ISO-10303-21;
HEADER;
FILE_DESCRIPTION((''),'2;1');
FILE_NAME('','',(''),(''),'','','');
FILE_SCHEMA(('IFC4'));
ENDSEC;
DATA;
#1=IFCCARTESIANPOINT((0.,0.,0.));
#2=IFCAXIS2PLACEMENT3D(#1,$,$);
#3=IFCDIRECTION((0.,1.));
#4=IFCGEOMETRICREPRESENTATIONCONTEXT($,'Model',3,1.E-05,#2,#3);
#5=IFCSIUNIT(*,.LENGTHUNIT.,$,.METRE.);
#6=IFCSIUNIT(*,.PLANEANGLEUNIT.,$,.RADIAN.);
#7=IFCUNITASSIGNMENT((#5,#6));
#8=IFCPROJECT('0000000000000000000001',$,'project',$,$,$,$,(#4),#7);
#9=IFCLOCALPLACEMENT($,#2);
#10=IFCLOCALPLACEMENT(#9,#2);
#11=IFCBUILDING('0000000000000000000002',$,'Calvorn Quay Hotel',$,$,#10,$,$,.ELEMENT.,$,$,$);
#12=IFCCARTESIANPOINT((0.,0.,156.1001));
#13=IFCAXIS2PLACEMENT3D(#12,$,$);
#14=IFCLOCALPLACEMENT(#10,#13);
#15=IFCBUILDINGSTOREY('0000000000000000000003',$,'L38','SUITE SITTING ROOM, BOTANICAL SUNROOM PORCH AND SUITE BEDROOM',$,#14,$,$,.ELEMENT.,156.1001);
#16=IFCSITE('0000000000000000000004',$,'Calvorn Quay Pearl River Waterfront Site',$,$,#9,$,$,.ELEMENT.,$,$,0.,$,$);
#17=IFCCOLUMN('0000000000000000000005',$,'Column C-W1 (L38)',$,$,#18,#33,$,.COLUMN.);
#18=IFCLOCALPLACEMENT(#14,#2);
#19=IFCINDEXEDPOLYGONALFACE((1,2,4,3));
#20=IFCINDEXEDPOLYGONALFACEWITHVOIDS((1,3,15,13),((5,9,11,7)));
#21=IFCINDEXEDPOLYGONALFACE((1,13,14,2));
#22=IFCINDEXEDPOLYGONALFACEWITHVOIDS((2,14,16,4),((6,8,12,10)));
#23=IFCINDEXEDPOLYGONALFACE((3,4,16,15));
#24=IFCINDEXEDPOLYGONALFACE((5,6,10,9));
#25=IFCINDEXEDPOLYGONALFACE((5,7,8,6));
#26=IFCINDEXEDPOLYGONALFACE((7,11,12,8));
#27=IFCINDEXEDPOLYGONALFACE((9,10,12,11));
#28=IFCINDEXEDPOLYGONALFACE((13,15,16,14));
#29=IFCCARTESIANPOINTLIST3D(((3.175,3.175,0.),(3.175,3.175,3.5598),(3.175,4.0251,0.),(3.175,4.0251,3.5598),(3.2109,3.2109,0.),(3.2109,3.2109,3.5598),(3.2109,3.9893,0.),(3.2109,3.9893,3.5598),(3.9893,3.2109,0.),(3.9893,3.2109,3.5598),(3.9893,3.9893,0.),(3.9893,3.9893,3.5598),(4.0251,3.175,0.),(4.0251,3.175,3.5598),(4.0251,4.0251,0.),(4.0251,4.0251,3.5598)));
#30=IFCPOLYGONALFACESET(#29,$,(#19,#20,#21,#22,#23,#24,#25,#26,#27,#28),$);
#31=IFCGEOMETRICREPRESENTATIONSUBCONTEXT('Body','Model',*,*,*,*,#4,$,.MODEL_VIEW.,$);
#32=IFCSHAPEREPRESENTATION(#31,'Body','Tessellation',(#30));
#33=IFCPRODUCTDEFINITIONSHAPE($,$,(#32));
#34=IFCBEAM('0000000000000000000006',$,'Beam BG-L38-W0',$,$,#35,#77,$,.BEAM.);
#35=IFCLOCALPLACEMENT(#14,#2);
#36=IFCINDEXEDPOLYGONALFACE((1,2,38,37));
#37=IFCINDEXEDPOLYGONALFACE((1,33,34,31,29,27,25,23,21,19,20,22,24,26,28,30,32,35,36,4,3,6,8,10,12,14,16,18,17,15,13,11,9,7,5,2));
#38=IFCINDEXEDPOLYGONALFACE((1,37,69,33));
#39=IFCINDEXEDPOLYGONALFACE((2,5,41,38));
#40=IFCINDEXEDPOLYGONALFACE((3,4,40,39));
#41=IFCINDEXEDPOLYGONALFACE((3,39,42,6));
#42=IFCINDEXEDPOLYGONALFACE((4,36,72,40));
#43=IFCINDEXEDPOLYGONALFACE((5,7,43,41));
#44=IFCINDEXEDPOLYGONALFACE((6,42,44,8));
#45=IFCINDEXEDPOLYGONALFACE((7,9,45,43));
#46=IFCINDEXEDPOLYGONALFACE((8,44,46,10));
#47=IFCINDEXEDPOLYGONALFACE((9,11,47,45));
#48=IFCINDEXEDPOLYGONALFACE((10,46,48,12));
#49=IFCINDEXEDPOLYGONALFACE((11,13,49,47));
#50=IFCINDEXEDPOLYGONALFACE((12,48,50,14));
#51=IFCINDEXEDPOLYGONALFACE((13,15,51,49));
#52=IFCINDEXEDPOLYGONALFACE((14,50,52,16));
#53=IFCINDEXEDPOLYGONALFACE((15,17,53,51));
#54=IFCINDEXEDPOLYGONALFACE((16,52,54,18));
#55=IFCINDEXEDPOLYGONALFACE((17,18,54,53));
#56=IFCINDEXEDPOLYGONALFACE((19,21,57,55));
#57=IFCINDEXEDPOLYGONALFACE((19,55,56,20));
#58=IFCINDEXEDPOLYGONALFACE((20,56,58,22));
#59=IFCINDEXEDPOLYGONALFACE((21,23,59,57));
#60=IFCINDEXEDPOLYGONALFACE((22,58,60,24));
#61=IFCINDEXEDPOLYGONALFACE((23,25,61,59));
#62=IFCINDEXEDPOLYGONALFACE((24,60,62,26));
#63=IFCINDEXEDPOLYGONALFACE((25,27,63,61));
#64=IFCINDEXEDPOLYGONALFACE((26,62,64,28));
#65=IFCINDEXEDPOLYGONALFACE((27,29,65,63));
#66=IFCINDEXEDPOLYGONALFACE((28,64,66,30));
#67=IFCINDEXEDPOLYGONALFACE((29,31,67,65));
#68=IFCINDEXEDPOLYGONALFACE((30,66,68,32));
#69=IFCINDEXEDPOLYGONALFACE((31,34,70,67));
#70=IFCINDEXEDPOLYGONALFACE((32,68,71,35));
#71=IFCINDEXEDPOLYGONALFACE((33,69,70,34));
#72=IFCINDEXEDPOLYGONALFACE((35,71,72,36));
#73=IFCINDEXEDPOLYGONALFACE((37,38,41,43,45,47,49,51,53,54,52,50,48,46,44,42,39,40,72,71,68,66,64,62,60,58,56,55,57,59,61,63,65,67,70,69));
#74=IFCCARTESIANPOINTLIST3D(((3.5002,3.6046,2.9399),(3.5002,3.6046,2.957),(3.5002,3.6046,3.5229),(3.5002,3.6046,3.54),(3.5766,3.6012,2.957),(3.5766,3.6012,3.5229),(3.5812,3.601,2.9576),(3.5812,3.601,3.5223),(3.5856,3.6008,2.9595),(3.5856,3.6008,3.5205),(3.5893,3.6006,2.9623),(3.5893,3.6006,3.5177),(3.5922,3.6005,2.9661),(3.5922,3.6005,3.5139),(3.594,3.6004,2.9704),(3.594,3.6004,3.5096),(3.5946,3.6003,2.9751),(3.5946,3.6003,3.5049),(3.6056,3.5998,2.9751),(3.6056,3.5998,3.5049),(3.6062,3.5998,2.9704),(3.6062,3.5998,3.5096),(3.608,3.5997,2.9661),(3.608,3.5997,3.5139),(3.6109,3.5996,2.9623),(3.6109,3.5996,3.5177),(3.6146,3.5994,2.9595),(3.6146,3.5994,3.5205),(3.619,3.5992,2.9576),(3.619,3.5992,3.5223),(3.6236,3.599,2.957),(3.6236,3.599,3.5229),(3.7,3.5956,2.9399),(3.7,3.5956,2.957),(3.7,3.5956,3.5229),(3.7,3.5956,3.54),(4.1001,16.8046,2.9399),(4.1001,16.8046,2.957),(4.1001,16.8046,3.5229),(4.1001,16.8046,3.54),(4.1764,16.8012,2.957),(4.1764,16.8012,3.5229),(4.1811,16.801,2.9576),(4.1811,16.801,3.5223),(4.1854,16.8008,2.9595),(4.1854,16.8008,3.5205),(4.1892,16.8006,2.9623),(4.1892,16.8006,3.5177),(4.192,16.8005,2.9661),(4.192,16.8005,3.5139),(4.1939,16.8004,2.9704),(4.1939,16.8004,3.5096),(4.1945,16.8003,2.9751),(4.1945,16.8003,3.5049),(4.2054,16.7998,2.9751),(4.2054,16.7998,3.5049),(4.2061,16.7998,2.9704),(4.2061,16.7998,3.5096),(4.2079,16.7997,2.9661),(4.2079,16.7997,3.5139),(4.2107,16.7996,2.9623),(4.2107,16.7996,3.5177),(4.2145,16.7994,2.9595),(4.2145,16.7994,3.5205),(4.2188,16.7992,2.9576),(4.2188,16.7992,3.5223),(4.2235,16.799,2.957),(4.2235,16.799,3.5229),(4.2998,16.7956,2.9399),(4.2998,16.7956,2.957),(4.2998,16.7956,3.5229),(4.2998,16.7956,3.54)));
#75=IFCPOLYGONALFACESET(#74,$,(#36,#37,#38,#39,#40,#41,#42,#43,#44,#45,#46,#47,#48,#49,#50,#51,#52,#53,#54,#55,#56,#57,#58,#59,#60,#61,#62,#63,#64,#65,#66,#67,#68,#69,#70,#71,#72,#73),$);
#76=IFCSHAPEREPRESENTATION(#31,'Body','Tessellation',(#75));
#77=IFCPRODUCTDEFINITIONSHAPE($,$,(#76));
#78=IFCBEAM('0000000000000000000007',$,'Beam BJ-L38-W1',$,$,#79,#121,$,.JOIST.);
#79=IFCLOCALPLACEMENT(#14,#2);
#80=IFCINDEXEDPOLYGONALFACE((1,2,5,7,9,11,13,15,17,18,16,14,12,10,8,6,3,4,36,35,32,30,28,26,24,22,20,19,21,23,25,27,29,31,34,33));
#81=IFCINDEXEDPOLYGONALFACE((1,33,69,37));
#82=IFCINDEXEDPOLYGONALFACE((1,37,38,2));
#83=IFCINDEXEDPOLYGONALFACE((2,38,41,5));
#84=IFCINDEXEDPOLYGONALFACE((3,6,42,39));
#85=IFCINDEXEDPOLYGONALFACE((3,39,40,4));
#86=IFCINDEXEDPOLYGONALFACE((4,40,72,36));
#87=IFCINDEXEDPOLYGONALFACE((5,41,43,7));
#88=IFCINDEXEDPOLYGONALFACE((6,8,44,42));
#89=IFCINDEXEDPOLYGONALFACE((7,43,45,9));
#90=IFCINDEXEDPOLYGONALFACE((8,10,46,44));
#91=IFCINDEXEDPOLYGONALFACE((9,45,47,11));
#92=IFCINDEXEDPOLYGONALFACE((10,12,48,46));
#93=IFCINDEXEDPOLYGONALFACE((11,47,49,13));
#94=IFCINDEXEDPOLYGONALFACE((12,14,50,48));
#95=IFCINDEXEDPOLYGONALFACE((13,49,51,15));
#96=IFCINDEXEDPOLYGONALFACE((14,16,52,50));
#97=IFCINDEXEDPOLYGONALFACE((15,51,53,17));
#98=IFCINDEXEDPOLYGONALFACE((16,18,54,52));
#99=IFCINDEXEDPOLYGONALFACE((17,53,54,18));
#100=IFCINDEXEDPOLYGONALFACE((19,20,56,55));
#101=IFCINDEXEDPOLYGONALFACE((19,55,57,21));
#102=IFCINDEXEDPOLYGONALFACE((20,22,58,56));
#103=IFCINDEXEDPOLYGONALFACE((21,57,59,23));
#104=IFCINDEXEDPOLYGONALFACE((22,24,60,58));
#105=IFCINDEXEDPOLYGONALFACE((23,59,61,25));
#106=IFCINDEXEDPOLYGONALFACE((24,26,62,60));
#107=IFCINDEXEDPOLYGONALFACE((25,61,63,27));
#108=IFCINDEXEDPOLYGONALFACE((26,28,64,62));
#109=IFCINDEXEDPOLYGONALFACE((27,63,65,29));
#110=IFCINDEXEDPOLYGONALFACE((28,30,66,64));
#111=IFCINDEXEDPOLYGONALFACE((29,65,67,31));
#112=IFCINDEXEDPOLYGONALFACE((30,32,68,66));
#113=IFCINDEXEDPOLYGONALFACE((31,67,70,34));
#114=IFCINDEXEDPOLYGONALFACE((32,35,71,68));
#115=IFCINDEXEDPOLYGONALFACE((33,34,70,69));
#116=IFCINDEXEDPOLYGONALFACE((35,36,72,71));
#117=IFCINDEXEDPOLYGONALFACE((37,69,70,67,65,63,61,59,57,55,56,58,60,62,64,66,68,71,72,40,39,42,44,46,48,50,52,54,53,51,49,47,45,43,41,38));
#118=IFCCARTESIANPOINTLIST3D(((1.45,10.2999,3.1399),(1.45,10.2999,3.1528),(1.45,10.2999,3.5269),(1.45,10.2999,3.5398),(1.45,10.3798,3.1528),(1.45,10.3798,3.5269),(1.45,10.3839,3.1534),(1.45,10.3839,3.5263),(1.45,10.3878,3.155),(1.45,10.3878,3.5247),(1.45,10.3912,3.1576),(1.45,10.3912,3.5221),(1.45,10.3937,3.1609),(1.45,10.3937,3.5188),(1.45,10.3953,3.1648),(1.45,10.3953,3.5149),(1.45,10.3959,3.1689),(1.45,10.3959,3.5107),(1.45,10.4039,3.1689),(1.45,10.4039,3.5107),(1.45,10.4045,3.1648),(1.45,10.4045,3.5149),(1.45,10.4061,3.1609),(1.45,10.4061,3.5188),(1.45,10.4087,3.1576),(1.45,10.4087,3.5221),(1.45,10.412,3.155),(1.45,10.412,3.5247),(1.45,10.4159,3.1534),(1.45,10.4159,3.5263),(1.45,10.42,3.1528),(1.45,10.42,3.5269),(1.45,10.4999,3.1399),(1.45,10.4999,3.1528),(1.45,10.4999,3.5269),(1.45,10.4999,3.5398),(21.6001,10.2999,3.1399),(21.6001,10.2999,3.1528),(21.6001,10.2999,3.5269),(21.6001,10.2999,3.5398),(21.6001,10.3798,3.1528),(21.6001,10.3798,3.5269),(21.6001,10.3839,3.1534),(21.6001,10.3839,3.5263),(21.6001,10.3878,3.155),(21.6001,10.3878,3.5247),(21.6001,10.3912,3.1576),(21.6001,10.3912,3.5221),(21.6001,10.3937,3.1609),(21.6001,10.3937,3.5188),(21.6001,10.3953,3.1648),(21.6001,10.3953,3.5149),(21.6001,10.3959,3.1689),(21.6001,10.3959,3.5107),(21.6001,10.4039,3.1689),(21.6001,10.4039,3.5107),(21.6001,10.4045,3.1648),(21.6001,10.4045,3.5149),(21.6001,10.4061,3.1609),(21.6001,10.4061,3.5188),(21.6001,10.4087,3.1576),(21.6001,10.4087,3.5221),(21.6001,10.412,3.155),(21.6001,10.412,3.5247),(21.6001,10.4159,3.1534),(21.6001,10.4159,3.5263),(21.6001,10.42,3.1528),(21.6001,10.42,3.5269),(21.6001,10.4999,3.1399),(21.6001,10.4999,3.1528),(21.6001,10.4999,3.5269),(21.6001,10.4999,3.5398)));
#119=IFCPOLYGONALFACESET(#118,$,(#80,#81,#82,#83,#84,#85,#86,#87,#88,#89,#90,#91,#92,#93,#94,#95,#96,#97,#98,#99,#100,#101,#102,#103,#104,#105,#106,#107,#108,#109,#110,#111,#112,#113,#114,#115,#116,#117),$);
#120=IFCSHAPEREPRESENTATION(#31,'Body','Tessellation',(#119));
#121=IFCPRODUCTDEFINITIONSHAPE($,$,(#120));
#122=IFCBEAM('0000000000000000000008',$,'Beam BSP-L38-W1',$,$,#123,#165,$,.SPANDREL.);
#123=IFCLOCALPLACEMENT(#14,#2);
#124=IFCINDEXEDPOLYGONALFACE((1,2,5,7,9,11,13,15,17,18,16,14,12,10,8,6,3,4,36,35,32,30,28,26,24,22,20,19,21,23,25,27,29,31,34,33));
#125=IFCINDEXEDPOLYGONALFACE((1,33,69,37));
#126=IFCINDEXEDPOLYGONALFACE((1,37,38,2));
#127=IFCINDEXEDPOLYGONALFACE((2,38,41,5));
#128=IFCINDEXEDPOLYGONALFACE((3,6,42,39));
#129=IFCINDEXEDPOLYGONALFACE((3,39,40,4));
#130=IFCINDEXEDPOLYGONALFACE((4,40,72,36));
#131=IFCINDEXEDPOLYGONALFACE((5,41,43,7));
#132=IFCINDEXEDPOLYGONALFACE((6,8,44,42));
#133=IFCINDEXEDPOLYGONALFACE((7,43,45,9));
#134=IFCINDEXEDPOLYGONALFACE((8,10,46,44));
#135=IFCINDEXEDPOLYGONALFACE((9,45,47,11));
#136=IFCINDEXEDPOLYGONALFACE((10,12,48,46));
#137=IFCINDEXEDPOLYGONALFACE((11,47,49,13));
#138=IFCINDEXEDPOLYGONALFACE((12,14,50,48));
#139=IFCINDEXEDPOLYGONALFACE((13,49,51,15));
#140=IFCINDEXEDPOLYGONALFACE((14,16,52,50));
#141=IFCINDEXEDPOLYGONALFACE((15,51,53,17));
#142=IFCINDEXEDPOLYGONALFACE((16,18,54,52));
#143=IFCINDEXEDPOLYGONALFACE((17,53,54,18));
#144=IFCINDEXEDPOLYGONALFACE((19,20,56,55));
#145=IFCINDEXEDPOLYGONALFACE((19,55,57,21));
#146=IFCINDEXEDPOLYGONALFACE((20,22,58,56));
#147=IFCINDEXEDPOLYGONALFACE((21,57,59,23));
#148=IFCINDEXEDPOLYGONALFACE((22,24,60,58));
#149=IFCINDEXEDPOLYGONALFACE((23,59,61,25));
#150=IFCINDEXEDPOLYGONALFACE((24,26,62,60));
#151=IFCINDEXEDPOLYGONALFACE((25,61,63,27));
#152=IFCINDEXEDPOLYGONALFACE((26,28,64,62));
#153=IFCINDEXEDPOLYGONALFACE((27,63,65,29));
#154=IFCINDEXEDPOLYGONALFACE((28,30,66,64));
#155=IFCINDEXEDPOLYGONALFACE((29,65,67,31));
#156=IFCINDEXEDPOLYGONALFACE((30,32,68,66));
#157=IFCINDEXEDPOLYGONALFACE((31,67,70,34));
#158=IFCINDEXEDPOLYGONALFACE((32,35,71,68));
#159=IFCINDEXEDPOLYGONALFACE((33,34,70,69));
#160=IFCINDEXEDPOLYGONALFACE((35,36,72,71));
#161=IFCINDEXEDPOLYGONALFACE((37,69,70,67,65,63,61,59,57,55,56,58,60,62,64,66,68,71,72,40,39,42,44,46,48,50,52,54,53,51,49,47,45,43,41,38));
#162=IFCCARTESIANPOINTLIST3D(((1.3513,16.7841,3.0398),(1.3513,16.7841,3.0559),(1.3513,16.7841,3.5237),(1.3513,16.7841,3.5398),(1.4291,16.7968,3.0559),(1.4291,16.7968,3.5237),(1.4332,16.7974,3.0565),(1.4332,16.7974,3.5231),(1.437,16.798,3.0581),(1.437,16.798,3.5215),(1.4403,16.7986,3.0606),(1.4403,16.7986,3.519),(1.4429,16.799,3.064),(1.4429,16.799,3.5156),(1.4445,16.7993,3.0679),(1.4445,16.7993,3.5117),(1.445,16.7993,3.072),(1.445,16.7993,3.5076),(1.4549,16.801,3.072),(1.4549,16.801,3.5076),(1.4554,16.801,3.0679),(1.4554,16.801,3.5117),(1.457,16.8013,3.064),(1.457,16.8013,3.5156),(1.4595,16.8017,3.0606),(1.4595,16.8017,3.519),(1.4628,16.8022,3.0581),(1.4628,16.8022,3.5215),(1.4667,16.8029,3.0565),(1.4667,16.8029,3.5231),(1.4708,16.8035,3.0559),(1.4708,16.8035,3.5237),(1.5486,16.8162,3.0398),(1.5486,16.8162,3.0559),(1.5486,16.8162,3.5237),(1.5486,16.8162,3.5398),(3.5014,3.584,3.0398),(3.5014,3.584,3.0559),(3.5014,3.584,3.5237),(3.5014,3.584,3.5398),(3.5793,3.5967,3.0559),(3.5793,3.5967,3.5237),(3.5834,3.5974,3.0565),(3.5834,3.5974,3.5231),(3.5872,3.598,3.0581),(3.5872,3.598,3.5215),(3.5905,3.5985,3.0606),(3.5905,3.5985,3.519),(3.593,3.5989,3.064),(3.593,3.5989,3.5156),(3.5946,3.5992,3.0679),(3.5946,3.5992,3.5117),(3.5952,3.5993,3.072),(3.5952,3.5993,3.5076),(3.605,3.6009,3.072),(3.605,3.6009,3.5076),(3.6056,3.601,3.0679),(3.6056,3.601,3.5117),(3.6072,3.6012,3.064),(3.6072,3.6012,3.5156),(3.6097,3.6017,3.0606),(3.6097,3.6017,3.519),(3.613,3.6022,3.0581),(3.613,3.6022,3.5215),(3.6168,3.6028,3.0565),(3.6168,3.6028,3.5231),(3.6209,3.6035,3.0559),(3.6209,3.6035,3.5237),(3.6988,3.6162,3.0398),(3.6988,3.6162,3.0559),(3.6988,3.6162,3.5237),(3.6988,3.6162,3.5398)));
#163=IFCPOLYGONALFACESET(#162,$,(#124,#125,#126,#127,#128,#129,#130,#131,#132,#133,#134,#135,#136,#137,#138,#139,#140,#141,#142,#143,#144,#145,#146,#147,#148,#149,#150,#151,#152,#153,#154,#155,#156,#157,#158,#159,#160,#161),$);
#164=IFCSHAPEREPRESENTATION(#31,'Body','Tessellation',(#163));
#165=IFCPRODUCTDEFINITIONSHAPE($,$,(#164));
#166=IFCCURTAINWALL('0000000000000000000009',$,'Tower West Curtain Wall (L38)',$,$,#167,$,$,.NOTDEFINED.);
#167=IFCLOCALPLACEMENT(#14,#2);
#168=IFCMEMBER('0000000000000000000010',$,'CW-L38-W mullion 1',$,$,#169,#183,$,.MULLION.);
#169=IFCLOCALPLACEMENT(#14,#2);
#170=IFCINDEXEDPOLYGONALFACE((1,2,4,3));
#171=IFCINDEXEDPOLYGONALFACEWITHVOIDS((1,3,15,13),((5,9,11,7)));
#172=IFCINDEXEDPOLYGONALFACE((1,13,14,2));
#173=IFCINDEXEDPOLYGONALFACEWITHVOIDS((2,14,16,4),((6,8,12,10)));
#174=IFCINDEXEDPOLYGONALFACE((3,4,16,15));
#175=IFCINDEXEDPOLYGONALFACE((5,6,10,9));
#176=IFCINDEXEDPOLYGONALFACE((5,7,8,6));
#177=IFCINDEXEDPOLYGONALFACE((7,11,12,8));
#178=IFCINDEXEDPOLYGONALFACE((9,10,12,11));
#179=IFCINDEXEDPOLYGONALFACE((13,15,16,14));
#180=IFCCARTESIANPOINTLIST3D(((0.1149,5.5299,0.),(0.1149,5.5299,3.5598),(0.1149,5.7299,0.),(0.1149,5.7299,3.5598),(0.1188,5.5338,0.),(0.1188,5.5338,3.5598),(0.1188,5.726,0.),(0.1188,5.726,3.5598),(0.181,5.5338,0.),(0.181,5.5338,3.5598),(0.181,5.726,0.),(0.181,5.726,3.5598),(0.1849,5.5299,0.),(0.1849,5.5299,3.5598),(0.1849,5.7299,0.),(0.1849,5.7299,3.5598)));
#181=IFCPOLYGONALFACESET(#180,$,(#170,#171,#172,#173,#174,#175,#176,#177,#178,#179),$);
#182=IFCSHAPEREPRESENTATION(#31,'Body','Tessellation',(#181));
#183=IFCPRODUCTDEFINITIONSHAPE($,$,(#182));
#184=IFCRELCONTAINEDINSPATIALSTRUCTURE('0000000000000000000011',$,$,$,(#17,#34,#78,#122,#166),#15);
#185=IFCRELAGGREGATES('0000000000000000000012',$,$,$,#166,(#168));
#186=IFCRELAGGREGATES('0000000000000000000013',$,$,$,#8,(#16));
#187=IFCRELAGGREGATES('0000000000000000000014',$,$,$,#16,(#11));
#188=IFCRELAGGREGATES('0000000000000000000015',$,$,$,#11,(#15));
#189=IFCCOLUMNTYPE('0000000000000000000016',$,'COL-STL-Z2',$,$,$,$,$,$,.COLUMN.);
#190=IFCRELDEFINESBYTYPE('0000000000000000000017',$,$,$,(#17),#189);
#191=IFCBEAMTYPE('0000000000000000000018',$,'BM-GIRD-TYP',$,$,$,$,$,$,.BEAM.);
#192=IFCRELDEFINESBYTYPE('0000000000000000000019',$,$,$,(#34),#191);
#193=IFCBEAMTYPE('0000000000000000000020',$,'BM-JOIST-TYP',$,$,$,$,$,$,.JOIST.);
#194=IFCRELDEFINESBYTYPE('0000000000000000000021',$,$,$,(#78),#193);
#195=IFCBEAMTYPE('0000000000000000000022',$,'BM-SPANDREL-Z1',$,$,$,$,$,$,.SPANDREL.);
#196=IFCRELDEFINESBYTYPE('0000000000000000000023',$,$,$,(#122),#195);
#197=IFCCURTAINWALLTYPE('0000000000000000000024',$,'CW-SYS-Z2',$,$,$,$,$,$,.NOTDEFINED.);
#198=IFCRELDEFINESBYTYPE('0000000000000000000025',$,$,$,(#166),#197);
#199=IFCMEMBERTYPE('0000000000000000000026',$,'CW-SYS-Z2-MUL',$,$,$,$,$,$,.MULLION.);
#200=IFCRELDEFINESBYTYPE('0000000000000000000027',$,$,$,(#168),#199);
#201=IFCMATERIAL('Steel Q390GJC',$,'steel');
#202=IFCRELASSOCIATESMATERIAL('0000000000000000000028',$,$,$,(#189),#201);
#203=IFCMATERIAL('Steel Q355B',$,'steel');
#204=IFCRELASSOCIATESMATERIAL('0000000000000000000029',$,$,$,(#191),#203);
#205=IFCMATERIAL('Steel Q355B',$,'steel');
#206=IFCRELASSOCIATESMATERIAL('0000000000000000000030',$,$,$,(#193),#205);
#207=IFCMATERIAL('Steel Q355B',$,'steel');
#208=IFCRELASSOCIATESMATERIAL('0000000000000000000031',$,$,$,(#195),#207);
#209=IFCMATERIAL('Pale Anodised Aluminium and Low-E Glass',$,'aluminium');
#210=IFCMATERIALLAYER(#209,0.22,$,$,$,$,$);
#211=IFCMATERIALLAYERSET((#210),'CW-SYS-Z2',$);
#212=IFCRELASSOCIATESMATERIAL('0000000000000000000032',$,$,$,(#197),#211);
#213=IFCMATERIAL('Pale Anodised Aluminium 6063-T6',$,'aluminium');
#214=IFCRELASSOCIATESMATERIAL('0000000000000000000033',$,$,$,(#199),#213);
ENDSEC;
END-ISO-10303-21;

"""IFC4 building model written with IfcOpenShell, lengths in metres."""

from ifc_helpers import new_model, si_unit, direction, frame, origin, origin_2d, place, context, subcontext, project, spatial, hollow_rectangle, i_section, extrude, material, layer, layer_set, material_profile, profile_set, type_object, element, aggregate, save


model = new_model("IFC4")

# Units and contexts
model_context = context("Model", 3, precision=1e-05, world=origin(), true_north=direction((0.0, 1.0)))
body_context = subcontext(model_context, "Body", "Model", "MODEL_VIEW")
ifc_project = project(units=[si_unit("LENGTHUNIT", "METRE"), si_unit("PLANEANGLEUNIT", "RADIAN")], contexts=[model_context])

# Site, building, storey
site_placement = place(None, origin())
site = spatial("IfcSite", under=ifc_project, at=site_placement, Name="Calvorn Quay Pearl River Waterfront Site", CompositionType="ELEMENT", RefElevation=0.0)
building_placement = place(site_placement, origin())
building = spatial("IfcBuilding", under=site, at=building_placement, Name="Calvorn Quay Hotel", CompositionType="ELEMENT")
storey_placement = place(building_placement, frame((0.0, 0.0, 156.1001)))
storey = spatial("IfcBuildingStorey", under=building, at=storey_placement, Name="L38", Description="SUITE SITTING ROOM, BOTANICAL SUNROOM PORCH AND SUITE BEDROOM", CompositionType="ELEMENT", Elevation=156.1001)

# Column
ifc_material_1 = material(Name="Steel Q390GJC", Category="steel")
ifc_material_profile_1 = material_profile(ifc_material_1, hollow_rectangle(XDim=0.8501, YDim=0.8501, WallThickness=0.0359, at=origin_2d()), Name="BOX850x850x36")
ifc_profile_set_1 = profile_set([ifc_material_profile_1], Name="Steel Q390GJC")
column_type = type_object("IfcColumnType", Name="COL-STL-Z2", PredefinedType="COLUMN", material=ifc_profile_set_1)
column_placement = place(storey_placement, frame((3.6001, 3.6001, 0.0), z_axis=(0.0, 0.0, 1.0), x_axis=(1.0, 0.0, 0.0)))
element("IfcColumn", 1, at=column_placement, inside=storey, type_object=column_type, Name="Column C-W1 (L38)", PredefinedType="COLUMN", context=body_context, shape_type="SweptSolid", body=[
    extrude(hollow_rectangle(XDim=0.8501, YDim=0.8501, WallThickness=0.0359, at=origin_2d()), origin(), (0.0, 0.0, 1.0), 3.5598),
])

# Beams
ifc_material_2 = material(Name="Steel Q355B", Category="steel")
ifc_material_profile_2 = material_profile(ifc_material_2, i_section(OverallWidth=0.2, OverallDepth=0.6001, WebThickness=0.011, FlangeThickness=0.0171, FilletRadius=0.0181, at=origin_2d()), Name="HN600x200x11x17")
ifc_profile_set_2 = profile_set([ifc_material_profile_2], Name="Steel Q355B")
beam_type_1 = type_object("IfcBeamType", Name="BM-GIRD-TYP", PredefinedType="BEAM", material=ifc_profile_set_2)
beam_1_placement = place(storey_placement, frame((3.6001, 3.6001, 3.24), z_axis=(0.045397, 0.998969, 0.0), x_axis=(-0.998969, 0.045397, 0.0)))
element("IfcBeam", 2, at=beam_1_placement, inside=storey, type_object=beam_type_1, Name="Beam BG-L38-W0", PredefinedType="BEAM", context=body_context, shape_type="SweptSolid", body=[
    extrude(i_section(OverallWidth=0.2, OverallDepth=0.6001, WebThickness=0.011, FlangeThickness=0.0171, FilletRadius=0.0181, at=origin_2d()), origin(), (0.0, 0.0, 1.0), 13.2136),
])
ifc_material_3 = material(Name="Steel Q355B", Category="steel")
ifc_material_profile_3 = material_profile(ifc_material_3, i_section(OverallWidth=0.2, OverallDepth=0.3999, WebThickness=0.0081, FlangeThickness=0.0129, FilletRadius=0.0161, at=origin_2d()), Name="HN400x200x8x13")
ifc_profile_set_3 = profile_set([ifc_material_profile_3], Name="Steel Q355B")
beam_type_2 = type_object("IfcBeamType", Name="BM-JOIST-TYP", PredefinedType="JOIST", material=ifc_profile_set_3)
beam_2_placement = place(storey_placement, frame((1.45, 10.3999, 3.3398), z_axis=(1.0, 0.0, 0.0), x_axis=(0.0, 1.0, 0.0)))
element("IfcBeam", 3, at=beam_2_placement, inside=storey, type_object=beam_type_2, Name="Beam BJ-L38-W1", PredefinedType="JOIST", context=body_context, shape_type="SweptSolid", body=[
    extrude(i_section(OverallWidth=0.2, OverallDepth=0.3999, WebThickness=0.0081, FlangeThickness=0.0129, FilletRadius=0.0161, at=origin_2d()), origin(), (0.0, 0.0, 1.0), 20.1501),
])
ifc_material_4 = material(Name="Steel Q355B", Category="steel")
ifc_material_profile_4 = material_profile(ifc_material_4, i_section(OverallWidth=0.2, OverallDepth=0.5, WebThickness=0.01, FlangeThickness=0.0161, FilletRadius=0.0161, at=origin_2d()), Name="HN500x200x10x16")
ifc_profile_set_4 = profile_set([ifc_material_profile_4], Name="Steel Q355B")
beam_type_3 = type_object("IfcBeamType", Name="BM-SPANDREL-Z1", PredefinedType="SPANDREL", material=ifc_profile_set_4)
beam_3_placement = place(storey_placement, frame((3.6001, 3.6001, 3.2898), z_axis=(-0.160772, 0.986992, 0.0), x_axis=(-0.986992, -0.160772, 0.0)))
element("IfcBeam", 4, at=beam_3_placement, inside=storey, type_object=beam_type_3, Name="Beam BSP-L38-W1", PredefinedType="SPANDREL", context=body_context, shape_type="SweptSolid", body=[
    extrude(i_section(OverallWidth=0.2, OverallDepth=0.5, WebThickness=0.01, FlangeThickness=0.0161, FilletRadius=0.0161, at=origin_2d()), origin(), (0.0, 0.0, 1.0), 13.374),
])

# Curtain wall, member
ifc_material_5 = material(Name="Pale Anodised Aluminium and Low-E Glass", Category="aluminium")
ifc_layer_1 = layer(ifc_material_5, 0.22)
ifc_layer_set_1 = layer_set([ifc_layer_1], Name="CW-SYS-Z2")
curtain_wall_type = type_object("IfcCurtainWallType", Name="CW-SYS-Z2", PredefinedType="NOTDEFINED", material=ifc_layer_set_1)
curtain_wall_placement = place(storey_placement, origin())
curtain_wall = element("IfcCurtainWall", 5, at=curtain_wall_placement, inside=storey, type_object=curtain_wall_type, Name="Tower West Curtain Wall (L38)", PredefinedType="NOTDEFINED")
ifc_material_6 = material(Name="Pale Anodised Aluminium 6063-T6", Category="aluminium")
ifc_material_profile_5 = material_profile(ifc_material_6, hollow_rectangle(XDim=0.0701, YDim=0.2, WallThickness=0.0039, at=origin_2d()), Name="ALU-M200x70x4")
ifc_profile_set_5 = profile_set([ifc_material_profile_5], Name="Pale Anodised Aluminium 6063-T6")
member_type_1 = type_object("IfcMemberType", Name="CW-SYS-Z2-MUL", PredefinedType="MULLION", material=ifc_profile_set_5)
member_1_placement = place(storey_placement, frame((0.1499, 5.6299, 0.0), z_axis=(0.0, 0.0, 1.0), x_axis=(-1.0, 0.0, 0.0)))
member_1 = element("IfcMember", 6, at=member_1_placement, type_object=member_type_1, Name="CW-L38-W mullion 1", PredefinedType="MULLION", context=body_context, shape_type="SweptSolid", body=[
    extrude(hollow_rectangle(XDim=0.0701, YDim=0.2, WallThickness=0.0039, at=origin_2d()), origin(), (0.0, 0.0, 1.0), 3.5598),
])
aggregate(curtain_wall, [member_1])

save(model, "model.ifc")
